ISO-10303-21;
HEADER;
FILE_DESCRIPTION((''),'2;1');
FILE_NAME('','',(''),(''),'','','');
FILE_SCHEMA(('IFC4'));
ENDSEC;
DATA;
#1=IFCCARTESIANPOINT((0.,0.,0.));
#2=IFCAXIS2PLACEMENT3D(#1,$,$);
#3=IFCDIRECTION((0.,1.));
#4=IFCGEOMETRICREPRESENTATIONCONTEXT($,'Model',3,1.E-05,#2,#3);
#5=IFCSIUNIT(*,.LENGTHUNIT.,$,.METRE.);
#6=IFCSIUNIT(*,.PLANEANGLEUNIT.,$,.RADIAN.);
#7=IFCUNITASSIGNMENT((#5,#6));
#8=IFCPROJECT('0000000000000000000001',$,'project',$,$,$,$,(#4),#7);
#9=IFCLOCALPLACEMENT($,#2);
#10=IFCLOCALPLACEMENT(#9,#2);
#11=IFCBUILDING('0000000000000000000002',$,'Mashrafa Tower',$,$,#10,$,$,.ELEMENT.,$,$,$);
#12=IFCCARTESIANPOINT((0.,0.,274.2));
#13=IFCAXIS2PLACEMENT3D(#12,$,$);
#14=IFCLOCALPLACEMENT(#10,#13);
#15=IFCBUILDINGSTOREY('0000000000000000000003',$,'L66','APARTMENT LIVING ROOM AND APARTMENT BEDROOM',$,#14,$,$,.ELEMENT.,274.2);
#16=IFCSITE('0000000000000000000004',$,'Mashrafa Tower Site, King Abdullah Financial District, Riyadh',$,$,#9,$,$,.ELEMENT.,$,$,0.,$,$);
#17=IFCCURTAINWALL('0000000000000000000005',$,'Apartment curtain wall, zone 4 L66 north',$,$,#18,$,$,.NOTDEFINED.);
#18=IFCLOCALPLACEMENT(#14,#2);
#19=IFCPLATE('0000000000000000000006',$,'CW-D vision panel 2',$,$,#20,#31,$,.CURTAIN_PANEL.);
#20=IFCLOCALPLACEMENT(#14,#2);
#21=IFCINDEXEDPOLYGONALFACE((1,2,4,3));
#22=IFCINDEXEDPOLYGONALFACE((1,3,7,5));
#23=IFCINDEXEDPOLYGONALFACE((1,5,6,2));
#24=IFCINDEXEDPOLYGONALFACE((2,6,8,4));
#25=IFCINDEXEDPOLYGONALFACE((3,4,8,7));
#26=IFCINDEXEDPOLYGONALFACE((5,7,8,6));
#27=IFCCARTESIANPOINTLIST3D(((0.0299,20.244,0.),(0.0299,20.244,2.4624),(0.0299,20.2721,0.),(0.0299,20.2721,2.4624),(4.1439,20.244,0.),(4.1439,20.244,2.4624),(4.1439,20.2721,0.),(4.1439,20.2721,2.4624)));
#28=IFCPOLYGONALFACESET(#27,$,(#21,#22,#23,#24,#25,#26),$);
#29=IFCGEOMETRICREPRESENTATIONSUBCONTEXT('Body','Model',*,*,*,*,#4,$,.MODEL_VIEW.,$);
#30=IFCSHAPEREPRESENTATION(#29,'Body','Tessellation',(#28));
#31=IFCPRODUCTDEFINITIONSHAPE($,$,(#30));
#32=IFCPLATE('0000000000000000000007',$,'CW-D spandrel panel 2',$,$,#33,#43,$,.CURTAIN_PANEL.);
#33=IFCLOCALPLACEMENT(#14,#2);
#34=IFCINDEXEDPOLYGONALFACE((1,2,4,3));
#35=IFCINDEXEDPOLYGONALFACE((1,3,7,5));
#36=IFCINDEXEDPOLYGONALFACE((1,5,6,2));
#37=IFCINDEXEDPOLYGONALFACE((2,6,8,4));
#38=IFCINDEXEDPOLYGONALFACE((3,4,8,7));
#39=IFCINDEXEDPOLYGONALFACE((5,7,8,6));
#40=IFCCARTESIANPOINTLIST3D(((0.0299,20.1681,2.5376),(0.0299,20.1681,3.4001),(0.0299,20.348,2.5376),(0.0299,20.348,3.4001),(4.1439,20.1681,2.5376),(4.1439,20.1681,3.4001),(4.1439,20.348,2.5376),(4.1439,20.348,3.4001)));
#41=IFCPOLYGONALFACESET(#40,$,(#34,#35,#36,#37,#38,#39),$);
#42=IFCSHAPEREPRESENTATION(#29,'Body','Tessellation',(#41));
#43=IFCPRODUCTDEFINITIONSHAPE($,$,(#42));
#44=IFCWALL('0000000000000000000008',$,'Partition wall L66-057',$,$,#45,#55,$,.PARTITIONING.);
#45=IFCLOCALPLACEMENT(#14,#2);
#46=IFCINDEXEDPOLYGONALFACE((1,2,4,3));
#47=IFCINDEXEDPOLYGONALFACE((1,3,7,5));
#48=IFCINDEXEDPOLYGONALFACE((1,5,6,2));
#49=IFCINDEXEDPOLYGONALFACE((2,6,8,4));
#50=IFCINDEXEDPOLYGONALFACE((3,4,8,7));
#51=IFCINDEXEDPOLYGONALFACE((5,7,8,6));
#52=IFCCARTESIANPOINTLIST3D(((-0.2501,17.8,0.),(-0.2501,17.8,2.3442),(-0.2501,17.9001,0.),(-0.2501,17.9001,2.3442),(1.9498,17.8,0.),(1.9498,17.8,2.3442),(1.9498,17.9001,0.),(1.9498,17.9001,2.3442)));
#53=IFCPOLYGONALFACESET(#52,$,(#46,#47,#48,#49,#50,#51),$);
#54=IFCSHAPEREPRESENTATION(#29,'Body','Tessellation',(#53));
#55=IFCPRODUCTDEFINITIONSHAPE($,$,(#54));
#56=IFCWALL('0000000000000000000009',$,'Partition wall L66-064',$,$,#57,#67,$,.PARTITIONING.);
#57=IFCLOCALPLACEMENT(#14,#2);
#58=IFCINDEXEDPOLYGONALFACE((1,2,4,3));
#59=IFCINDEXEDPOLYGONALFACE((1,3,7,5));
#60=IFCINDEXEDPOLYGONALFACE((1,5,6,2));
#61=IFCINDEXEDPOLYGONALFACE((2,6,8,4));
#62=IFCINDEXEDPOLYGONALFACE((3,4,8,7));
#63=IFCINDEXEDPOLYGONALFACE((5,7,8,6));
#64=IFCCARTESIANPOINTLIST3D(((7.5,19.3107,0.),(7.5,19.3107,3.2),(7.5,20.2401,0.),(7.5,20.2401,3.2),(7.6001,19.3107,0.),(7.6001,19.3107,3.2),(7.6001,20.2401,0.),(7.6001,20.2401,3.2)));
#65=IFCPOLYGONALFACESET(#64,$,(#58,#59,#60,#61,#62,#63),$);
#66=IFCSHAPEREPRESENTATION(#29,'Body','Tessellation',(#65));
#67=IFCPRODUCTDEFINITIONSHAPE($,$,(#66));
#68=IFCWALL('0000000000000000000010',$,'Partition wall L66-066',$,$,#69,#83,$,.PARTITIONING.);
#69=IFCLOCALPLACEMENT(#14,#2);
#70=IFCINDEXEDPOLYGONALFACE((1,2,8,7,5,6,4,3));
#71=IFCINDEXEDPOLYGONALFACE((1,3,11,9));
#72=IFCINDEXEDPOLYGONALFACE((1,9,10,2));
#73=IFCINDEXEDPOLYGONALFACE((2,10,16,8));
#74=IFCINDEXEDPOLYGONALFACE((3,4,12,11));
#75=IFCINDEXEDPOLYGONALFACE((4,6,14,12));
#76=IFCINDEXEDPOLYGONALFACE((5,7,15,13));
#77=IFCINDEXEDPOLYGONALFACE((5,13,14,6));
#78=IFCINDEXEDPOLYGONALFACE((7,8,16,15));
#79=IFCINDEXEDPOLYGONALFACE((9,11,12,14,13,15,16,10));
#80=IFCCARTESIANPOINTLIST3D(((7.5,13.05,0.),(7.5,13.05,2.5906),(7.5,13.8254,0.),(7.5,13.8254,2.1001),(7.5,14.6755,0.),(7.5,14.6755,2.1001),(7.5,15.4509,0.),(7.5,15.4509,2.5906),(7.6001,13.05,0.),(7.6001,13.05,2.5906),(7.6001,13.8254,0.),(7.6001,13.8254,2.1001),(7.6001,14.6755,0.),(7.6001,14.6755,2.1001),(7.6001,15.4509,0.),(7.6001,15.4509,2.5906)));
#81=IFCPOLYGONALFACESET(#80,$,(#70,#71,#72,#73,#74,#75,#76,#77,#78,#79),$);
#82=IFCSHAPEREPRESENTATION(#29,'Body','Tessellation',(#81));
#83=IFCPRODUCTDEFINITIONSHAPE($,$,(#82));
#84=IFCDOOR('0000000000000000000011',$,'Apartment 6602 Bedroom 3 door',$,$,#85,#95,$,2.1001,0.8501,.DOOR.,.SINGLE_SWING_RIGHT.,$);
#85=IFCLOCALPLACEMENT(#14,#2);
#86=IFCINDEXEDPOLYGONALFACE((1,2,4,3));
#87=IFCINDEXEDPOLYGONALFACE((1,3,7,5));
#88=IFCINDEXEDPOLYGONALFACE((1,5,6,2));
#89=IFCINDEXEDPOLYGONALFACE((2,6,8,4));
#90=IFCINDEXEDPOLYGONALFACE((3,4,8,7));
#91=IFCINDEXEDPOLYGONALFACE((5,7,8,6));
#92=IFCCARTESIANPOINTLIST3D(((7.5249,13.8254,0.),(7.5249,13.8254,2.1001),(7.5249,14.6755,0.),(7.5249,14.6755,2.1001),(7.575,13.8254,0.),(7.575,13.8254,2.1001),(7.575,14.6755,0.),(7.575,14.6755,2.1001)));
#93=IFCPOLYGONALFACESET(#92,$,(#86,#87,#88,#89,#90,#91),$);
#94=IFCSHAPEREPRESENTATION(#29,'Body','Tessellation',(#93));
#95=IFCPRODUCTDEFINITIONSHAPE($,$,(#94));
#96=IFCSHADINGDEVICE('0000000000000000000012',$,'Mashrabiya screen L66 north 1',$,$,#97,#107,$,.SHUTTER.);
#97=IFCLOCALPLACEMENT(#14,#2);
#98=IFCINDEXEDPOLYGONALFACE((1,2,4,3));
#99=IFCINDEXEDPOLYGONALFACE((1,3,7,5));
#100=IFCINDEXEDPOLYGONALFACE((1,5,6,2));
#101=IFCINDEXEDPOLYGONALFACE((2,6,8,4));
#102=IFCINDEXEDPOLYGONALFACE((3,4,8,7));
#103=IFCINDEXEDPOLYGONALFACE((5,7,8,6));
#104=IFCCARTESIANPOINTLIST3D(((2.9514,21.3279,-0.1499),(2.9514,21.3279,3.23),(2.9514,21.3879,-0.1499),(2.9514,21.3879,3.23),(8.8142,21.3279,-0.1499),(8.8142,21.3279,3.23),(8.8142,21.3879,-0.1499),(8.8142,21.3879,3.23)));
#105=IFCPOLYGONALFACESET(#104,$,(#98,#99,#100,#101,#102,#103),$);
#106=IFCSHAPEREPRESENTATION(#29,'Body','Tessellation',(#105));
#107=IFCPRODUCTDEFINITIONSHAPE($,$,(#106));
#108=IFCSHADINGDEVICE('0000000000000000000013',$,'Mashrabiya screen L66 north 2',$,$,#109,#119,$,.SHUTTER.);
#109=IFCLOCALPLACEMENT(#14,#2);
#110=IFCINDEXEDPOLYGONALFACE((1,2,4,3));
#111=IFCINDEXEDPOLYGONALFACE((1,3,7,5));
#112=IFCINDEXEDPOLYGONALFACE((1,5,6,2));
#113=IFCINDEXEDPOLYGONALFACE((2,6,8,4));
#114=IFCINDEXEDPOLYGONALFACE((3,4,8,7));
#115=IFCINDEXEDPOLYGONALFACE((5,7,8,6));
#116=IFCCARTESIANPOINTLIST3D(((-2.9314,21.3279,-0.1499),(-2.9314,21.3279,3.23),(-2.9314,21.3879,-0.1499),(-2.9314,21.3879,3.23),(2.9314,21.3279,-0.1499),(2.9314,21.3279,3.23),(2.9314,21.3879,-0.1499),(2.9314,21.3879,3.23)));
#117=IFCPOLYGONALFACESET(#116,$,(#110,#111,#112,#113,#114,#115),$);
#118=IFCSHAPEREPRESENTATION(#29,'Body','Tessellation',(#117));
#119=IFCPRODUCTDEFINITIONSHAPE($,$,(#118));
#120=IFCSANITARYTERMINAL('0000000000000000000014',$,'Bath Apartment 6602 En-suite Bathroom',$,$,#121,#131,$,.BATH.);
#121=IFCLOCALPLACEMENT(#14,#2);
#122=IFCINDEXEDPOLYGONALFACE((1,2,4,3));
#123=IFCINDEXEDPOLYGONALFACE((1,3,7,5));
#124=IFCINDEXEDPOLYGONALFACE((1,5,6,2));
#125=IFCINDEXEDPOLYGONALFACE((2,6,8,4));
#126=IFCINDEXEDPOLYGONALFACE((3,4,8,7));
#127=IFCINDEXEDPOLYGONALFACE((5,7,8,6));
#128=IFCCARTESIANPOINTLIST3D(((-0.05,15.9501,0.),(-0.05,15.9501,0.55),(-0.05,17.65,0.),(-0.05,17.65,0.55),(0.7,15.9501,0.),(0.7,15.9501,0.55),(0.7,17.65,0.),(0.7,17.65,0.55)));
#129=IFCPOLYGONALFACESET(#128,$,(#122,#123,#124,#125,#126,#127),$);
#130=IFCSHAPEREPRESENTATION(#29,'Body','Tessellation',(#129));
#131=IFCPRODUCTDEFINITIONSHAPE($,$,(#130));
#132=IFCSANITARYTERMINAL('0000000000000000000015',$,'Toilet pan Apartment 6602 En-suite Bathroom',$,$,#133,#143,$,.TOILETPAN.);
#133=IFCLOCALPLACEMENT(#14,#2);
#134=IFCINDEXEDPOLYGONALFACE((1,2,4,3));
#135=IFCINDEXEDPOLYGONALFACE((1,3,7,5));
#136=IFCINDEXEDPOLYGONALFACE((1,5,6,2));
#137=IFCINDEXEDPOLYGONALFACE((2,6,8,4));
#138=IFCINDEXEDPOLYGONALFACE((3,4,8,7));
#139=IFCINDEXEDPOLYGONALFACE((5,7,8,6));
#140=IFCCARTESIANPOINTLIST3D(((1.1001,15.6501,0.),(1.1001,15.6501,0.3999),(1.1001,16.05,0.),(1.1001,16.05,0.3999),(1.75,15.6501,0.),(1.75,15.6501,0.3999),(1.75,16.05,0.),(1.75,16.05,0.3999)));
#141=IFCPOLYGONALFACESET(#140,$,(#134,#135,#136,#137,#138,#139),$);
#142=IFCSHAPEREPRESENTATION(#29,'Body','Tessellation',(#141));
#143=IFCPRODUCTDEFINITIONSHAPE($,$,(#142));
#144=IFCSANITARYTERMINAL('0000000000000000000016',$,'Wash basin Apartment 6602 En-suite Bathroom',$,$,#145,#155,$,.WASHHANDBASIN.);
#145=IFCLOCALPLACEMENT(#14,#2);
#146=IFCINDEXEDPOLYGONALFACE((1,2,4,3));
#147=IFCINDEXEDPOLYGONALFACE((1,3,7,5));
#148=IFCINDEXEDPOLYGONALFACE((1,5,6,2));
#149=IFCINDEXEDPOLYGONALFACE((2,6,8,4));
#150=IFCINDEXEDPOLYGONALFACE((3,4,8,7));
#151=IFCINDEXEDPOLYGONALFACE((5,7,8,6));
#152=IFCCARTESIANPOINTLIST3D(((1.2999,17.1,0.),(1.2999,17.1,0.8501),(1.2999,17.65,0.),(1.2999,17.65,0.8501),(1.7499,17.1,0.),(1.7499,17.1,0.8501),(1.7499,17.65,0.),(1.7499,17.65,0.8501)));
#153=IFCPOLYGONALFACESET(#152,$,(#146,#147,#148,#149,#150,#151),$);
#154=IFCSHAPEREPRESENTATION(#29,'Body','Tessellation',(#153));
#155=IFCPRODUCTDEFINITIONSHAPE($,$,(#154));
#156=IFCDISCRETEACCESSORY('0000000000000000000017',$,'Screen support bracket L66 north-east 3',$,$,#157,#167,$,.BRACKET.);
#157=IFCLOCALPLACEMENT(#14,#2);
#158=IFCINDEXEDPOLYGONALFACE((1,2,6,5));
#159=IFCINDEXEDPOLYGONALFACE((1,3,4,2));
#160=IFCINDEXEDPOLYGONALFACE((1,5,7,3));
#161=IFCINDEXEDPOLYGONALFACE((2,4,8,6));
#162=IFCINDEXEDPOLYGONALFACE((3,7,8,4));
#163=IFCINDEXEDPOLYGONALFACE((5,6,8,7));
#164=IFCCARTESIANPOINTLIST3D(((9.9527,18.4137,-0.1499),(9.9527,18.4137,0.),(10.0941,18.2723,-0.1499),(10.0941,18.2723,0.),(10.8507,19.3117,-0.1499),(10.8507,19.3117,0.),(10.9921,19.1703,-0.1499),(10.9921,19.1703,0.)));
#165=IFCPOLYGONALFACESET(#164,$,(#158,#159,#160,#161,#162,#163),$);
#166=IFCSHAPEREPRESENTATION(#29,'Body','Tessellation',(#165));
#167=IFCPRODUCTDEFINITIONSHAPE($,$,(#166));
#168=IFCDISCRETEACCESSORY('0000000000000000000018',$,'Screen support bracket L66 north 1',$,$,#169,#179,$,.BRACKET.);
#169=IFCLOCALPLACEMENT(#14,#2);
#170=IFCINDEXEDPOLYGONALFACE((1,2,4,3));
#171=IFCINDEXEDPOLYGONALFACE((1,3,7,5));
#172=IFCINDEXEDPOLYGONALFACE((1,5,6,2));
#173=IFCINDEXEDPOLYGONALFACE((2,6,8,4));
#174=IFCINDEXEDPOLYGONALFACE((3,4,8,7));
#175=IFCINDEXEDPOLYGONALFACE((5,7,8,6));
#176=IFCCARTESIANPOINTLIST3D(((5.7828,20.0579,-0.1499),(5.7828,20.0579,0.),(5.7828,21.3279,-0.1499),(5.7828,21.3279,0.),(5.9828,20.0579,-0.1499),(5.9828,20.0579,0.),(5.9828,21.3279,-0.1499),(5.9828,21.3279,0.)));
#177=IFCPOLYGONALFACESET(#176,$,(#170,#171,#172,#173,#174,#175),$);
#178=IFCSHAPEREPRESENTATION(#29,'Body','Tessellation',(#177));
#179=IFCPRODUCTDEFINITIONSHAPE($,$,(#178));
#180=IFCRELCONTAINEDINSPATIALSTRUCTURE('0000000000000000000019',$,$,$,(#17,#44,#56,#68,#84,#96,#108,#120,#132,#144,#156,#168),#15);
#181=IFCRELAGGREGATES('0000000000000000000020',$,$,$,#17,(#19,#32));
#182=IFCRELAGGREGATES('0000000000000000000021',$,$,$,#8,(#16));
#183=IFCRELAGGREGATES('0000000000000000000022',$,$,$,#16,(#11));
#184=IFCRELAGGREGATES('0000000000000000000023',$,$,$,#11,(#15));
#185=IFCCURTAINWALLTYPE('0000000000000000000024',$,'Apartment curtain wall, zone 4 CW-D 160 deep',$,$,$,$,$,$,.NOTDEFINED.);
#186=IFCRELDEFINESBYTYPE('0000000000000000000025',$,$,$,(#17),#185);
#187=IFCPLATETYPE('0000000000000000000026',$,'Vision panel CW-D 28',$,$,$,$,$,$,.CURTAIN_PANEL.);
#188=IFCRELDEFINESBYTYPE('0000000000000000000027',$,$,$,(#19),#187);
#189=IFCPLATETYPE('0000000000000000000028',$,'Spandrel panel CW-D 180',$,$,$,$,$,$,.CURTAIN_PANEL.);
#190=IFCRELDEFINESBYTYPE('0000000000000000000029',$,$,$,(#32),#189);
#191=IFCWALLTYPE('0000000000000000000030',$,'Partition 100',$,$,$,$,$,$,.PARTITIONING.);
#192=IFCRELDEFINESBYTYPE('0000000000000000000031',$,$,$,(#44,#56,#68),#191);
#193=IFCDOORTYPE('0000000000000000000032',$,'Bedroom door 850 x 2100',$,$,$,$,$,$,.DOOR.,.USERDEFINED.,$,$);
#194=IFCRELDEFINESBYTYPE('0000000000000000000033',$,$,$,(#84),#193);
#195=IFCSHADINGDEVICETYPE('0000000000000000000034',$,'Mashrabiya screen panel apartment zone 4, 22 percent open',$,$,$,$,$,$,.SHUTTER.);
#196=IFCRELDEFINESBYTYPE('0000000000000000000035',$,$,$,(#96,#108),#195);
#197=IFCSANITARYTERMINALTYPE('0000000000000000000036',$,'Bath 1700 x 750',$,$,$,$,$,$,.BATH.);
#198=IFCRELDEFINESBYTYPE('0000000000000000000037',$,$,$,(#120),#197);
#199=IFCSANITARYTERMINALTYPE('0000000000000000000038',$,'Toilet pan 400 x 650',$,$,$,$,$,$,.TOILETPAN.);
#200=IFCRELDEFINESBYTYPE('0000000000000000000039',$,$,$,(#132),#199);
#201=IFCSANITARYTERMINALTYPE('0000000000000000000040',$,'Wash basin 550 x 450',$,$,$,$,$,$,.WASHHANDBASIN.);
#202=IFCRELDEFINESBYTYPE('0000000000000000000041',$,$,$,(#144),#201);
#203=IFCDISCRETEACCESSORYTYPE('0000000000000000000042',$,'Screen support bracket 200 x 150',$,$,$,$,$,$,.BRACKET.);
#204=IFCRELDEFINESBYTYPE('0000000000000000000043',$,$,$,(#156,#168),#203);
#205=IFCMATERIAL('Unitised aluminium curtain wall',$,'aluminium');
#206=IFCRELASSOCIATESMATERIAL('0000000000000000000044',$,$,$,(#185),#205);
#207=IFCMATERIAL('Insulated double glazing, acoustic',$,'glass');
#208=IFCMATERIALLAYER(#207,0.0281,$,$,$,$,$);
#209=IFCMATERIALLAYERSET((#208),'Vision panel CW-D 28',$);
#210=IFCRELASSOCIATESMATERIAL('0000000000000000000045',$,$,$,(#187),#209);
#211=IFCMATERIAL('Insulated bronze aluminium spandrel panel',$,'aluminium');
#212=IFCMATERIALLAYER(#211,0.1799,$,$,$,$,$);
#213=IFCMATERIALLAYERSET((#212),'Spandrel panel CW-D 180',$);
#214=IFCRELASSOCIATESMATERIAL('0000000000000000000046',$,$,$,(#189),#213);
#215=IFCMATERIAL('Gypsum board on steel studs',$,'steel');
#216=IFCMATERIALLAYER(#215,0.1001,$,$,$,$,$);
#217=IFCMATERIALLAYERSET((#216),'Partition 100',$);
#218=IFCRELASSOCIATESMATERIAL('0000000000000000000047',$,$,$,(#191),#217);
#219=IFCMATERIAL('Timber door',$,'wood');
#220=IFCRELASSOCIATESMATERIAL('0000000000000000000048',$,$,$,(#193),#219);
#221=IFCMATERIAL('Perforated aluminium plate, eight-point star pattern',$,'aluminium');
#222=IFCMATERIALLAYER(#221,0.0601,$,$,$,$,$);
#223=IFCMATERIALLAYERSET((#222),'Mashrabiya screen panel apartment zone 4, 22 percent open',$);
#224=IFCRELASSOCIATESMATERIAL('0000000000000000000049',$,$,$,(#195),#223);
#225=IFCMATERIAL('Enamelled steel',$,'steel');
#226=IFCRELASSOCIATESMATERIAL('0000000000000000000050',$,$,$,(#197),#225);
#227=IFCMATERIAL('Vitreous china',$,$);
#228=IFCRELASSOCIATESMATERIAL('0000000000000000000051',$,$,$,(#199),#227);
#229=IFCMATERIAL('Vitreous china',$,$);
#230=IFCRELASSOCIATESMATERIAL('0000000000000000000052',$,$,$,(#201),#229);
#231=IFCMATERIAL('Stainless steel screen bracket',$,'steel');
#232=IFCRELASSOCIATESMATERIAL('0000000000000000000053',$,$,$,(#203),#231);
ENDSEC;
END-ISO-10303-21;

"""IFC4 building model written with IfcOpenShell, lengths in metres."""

from ifc_helpers import new_model, si_unit, direction, frame, frame_2d, origin, origin_2d, place, context, subcontext, project, spatial, rectangle, extrude, source, transform, mapped, material, layer, layer_set, type_object, type_shapes, element, fill, aggregate, save


model = new_model("IFC4")

# Units and contexts
model_context = context("Model", 3, precision=1e-05, world=origin(), true_north=direction((0.0, 1.0)))
body_context = subcontext(model_context, "Body", "Model", "MODEL_VIEW")
ifc_project = project(units=[si_unit("LENGTHUNIT", "METRE"), si_unit("PLANEANGLEUNIT", "RADIAN")], contexts=[model_context])

# Site, building, storey
site_placement = place(None, origin())
site = spatial("IfcSite", under=ifc_project, at=site_placement, Name="Mashrafa Tower Site, King Abdullah Financial District, Riyadh", CompositionType="ELEMENT", RefElevation=0.0)
building_placement = place(site_placement, origin())
building = spatial("IfcBuilding", under=site, at=building_placement, Name="Mashrafa Tower", CompositionType="ELEMENT")
storey_placement = place(building_placement, frame((0.0, 0.0, 274.2)))
storey = spatial("IfcBuildingStorey", under=building, at=storey_placement, Name="L66", Description="APARTMENT LIVING ROOM AND APARTMENT BEDROOM", CompositionType="ELEMENT", Elevation=274.2)

# Shared definitions
ifc_material_1 = material(Name="Unitised aluminium curtain wall", Category="aluminium")
curtain_wall_type = type_object("IfcCurtainWallType", Name="Apartment curtain wall, zone 4 CW-D 160 deep", PredefinedType="NOTDEFINED", material=ifc_material_1)

# Curtain wall
curtain_wall_1_placement = place(storey_placement, origin())
curtain_wall_1 = element("IfcCurtainWall", 1, at=curtain_wall_1_placement, inside=storey, type_object=curtain_wall_type, Name="Apartment curtain wall, zone 4 L66 north", PredefinedType="NOTDEFINED")

# Plates
ifc_material_2 = material(Name="Insulated double glazing, acoustic", Category="glass")
ifc_layer_1 = layer(ifc_material_2, 0.0281)
ifc_layer_set_1 = layer_set([ifc_layer_1], Name="Vision panel CW-D 28")
plate_type_1 = type_object("IfcPlateType", Name="Vision panel CW-D 28", PredefinedType="CURTAIN_PANEL", material=ifc_layer_set_1)
ifc_material_3 = material(Name="Insulated bronze aluminium spandrel panel", Category="aluminium")
ifc_layer_2 = layer(ifc_material_3, 0.1799)
ifc_layer_set_2 = layer_set([ifc_layer_2], Name="Spandrel panel CW-D 180")
plate_type_2 = type_object("IfcPlateType", Name="Spandrel panel CW-D 180", PredefinedType="CURTAIN_PANEL", material=ifc_layer_set_2)
shared_shape_1 = source(origin(), body_context, "Body", "SweptSolid", [
    extrude(rectangle(XDim=4.114, YDim=0.0281, at=origin_2d()), origin(), (0.0, 0.0, 1.0), 2.4624),
])
plate_1_placement = place(storey_placement, frame((2.0869, 20.2581, 0.0), z_axis=(0.0, 0.0, 1.0), x_axis=(-1.0, 0.0, 0.0)))
plate_1 = element("IfcPlate", 2, at=plate_1_placement, type_object=plate_type_1, Name="CW-D vision panel 2", PredefinedType="CURTAIN_PANEL", context=body_context, shape_type="MappedRepresentation", body=[
    mapped(shared_shape_1, transform((0.0, 0.0, 0.0))),
])
shared_shape_2 = source(origin(), body_context, "Body", "SweptSolid", [
    extrude(rectangle(XDim=4.114, YDim=0.1799, at=origin_2d()), origin(), (0.0, 0.0, 1.0), 0.8625),
])
plate_2_placement = place(storey_placement, frame((2.0869, 20.2581, 2.5376), z_axis=(0.0, 0.0, 1.0), x_axis=(-1.0, 0.0, 0.0)))
plate_2 = element("IfcPlate", 3, at=plate_2_placement, type_object=plate_type_2, Name="CW-D spandrel panel 2", PredefinedType="CURTAIN_PANEL", context=body_context, shape_type="MappedRepresentation", body=[
    mapped(shared_shape_2, transform((0.0, 0.0, 0.0))),
])
aggregate(curtain_wall_1, [plate_1, plate_2])

# Walls
ifc_material_4 = material(Name="Gypsum board on steel studs", Category="steel")
ifc_layer_3 = layer(ifc_material_4, 0.1001)
ifc_layer_set_3 = layer_set([ifc_layer_3], Name="Partition 100")
wall_type = type_object("IfcWallType", Name="Partition 100", PredefinedType="PARTITIONING", material=ifc_layer_set_3)
wall_1_placement = place(storey_placement, frame((1.95, 17.8501, 0.0), z_axis=(0.0, 0.0, 1.0), x_axis=(-1.0, 0.0, 0.0)))
element("IfcWall", 4, at=wall_1_placement, inside=storey, type_object=wall_type, Name="Partition wall L66-057", PredefinedType="PARTITIONING", context=body_context, shape_type="SweptSolid", body=[
    extrude(rectangle(XDim=2.2, YDim=0.1001, at=frame_2d((1.1001, 0.0))), origin(), (0.0, 0.0, 1.0), 2.3442),
])
wall_2_placement = place(storey_placement, frame((7.55, 19.3105, 0.0), z_axis=(0.0, 0.0, 1.0), x_axis=(0.0, 1.0, 0.0)))
element("IfcWall", 5, at=wall_2_placement, inside=storey, type_object=wall_type, Name="Partition wall L66-064", PredefinedType="PARTITIONING", context=body_context, shape_type="SweptSolid", body=[
    extrude(rectangle(XDim=0.9294, YDim=0.1001, at=frame_2d((0.4648, 0.0))), origin(), (0.0, 0.0, 1.0), 3.2),
])

# Wall, opening, door
wall_3_placement = place(storey_placement, frame((7.55, 15.4509, 0.0), z_axis=(0.0, 0.0, 1.0), x_axis=(0.0, -1.0, 0.0)))
wall_3 = element("IfcWall", 6, at=wall_3_placement, inside=storey, type_object=wall_type, Name="Partition wall L66-066", PredefinedType="PARTITIONING", context=body_context, shape_type="SweptSolid", body=[
    extrude(rectangle(XDim=2.4009, YDim=0.1001, at=frame_2d((1.2004, 0.0))), origin(), (0.0, 0.0, 1.0), 2.5906),
])
opening_placement = place(wall_3_placement, frame((0.7754, 0.0, 0.0)))
opening = element("IfcOpeningElement", 7, at=opening_placement, cuts=wall_3, PredefinedType="OPENING", context=body_context, shape_type="SweptSolid", body=[
    extrude(rectangle(XDim=0.8501, YDim=2.1001, at=frame_2d((0.425, 1.05))), frame((0.0, 0.0601, 0.0), z_axis=(0.0, -1.0, 0.0), x_axis=(1.0, 0.0, 0.0)), (0.0, 0.0, 1.0), 0.1201),
])
ifc_material_5 = material(Name="Timber door", Category="wood")
door_type = type_object("IfcDoorType", Name="Bedroom door 850 x 2100", OperationType="USERDEFINED", PredefinedType="DOOR", material=ifc_material_5)
door_placement = place(opening_placement, origin())
door = element("IfcDoor", 8, at=door_placement, inside=storey, type_object=door_type, Name="Apartment 6602 Bedroom 3 door", OperationType="SINGLE_SWING_RIGHT", OverallHeight=2.1001, OverallWidth=0.8501, PredefinedType="DOOR", context=body_context, shape_type="SweptSolid", body=[
    extrude(rectangle(XDim=0.8501, YDim=2.1001, at=frame_2d((0.425, 1.05))), frame((0.0, 0.0249, 0.0), z_axis=(0.0, -1.0, 0.0), x_axis=(1.0, 0.0, 0.0)), (0.0, 0.0, 1.0), 0.05),
])
fill(opening, door)

# Shading devices
ifc_material_6 = material(Name="Perforated aluminium plate, eight-point star pattern", Category="aluminium")
ifc_layer_4 = layer(ifc_material_6, 0.0601)
ifc_layer_set_4 = layer_set([ifc_layer_4], Name="Mashrabiya screen panel apartment zone 4, 22 percent open")
shading_device_type = type_object("IfcShadingDeviceType", Name="Mashrabiya screen panel apartment zone 4, 22 percent open", PredefinedType="SHUTTER", material=ifc_layer_set_4)
shared_shape_3 = source(origin(), body_context, "Body", "SweptSolid", [
    extrude(rectangle(XDim=5.8628, YDim=0.0601, at=origin_2d()), origin(), (0.0, 0.0, 1.0), 3.3799),
])
type_shapes(shading_device_type, [shared_shape_3])
for number, where, z_axis, x_axis, name in (
    (9, (5.8828, 21.3579, -0.1499), (0.0, 0.0, 1.0), (-1.0, 0.0, 0.0), "Mashrabiya screen L66 north 1"),
    (10, (0.0, 21.3579, -0.1499), (0.0, 0.0, 1.0), (-1.0, 0.0, 0.0), "Mashrabiya screen L66 north 2"),
):
    element("IfcShadingDevice", number, at=place(storey_placement, frame(where, z_axis=z_axis, x_axis=x_axis)), inside=storey, type_object=shading_device_type, Name=name, PredefinedType="SHUTTER", context=body_context, shape_type="MappedRepresentation", body=[
        mapped(shared_shape_3, transform((0.0, 0.0, 0.0))),
    ])

# Sanitary terminals
ifc_material_7 = material(Name="Enamelled steel", Category="steel")
sanitary_terminal_type_1 = type_object("IfcSanitaryTerminalType", Name="Bath 1700 x 750", PredefinedType="BATH", material=ifc_material_7)
sanitary_terminal_1_placement = place(storey_placement, frame((0.325, 16.8, 0.0), z_axis=(0.0, 0.0, 1.0), x_axis=(0.0, -1.0, 0.0)))
element("IfcSanitaryTerminal", 11, at=sanitary_terminal_1_placement, inside=storey, type_object=sanitary_terminal_type_1, Name="Bath Apartment 6602 En-suite Bathroom", PredefinedType="BATH", context=body_context, shape_type="SweptSolid", body=[
    extrude(rectangle(XDim=1.7, YDim=0.75, at=origin_2d()), origin(), (0.0, 0.0, 1.0), 0.55),
])
ifc_material_8 = material(Name="Vitreous china")
sanitary_terminal_type_2 = type_object("IfcSanitaryTerminalType", Name="Toilet pan 400 x 650", PredefinedType="TOILETPAN", material=ifc_material_8)
sanitary_terminal_2_placement = place(storey_placement, frame((1.425, 15.8501, 0.0), z_axis=(0.0, 0.0, 1.0), x_axis=(0.0, 1.0, 0.0)))
element("IfcSanitaryTerminal", 12, at=sanitary_terminal_2_placement, inside=storey, type_object=sanitary_terminal_type_2, Name="Toilet pan Apartment 6602 En-suite Bathroom", PredefinedType="TOILETPAN", context=body_context, shape_type="SweptSolid", body=[
    extrude(rectangle(XDim=0.3999, YDim=0.6499, at=origin_2d()), origin(), (0.0, 0.0, 1.0), 0.3999),
])
ifc_material_9 = material(Name="Vitreous china")
sanitary_terminal_type_3 = type_object("IfcSanitaryTerminalType", Name="Wash basin 550 x 450", PredefinedType="WASHHANDBASIN", material=ifc_material_9)
sanitary_terminal_3_placement = place(storey_placement, frame((1.5249, 17.375, 0.0), z_axis=(0.0, 0.0, 1.0), x_axis=(0.0, 1.0, 0.0)))
element("IfcSanitaryTerminal", 13, at=sanitary_terminal_3_placement, inside=storey, type_object=sanitary_terminal_type_3, Name="Wash basin Apartment 6602 En-suite Bathroom", PredefinedType="WASHHANDBASIN", context=body_context, shape_type="SweptSolid", body=[
    extrude(rectangle(XDim=0.55, YDim=0.45, at=origin_2d()), origin(), (0.0, 0.0, 1.0), 0.8501),
])

# Discrete accessories
ifc_material_10 = material(Name="Stainless steel screen bracket", Category="steel")
discrete_accessory_type = type_object("IfcDiscreteAccessoryType", Name="Screen support bracket 200 x 150", PredefinedType="BRACKET", material=ifc_material_10)
shared_shape_4 = source(origin(), body_context, "Body", "SweptSolid", [
    extrude(rectangle(XDim=0.2, YDim=1.27, at=origin_2d()), origin(), (0.0, 0.0, 1.0), 0.1499),
])
type_shapes(discrete_accessory_type, [shared_shape_4])
for number, where, z_axis, x_axis, name in (
    (14, (10.4724, 18.792, -0.1499), (0.0, 0.0, 1.0), (-0.707107, 0.707107, 0.0), "Screen support bracket L66 north-east 3"),
    (15, (5.8828, 20.6929, -0.1499), (0.0, 0.0, 1.0), (-1.0, 0.0, 0.0), "Screen support bracket L66 north 1"),
):
    element("IfcDiscreteAccessory", number, at=place(storey_placement, frame(where, z_axis=z_axis, x_axis=x_axis)), inside=storey, type_object=discrete_accessory_type, Name=name, PredefinedType="BRACKET", context=body_context, shape_type="MappedRepresentation", body=[
        mapped(shared_shape_4, transform((0.0, 0.0, 0.0))),
    ])

save(model, "model.ifc")
